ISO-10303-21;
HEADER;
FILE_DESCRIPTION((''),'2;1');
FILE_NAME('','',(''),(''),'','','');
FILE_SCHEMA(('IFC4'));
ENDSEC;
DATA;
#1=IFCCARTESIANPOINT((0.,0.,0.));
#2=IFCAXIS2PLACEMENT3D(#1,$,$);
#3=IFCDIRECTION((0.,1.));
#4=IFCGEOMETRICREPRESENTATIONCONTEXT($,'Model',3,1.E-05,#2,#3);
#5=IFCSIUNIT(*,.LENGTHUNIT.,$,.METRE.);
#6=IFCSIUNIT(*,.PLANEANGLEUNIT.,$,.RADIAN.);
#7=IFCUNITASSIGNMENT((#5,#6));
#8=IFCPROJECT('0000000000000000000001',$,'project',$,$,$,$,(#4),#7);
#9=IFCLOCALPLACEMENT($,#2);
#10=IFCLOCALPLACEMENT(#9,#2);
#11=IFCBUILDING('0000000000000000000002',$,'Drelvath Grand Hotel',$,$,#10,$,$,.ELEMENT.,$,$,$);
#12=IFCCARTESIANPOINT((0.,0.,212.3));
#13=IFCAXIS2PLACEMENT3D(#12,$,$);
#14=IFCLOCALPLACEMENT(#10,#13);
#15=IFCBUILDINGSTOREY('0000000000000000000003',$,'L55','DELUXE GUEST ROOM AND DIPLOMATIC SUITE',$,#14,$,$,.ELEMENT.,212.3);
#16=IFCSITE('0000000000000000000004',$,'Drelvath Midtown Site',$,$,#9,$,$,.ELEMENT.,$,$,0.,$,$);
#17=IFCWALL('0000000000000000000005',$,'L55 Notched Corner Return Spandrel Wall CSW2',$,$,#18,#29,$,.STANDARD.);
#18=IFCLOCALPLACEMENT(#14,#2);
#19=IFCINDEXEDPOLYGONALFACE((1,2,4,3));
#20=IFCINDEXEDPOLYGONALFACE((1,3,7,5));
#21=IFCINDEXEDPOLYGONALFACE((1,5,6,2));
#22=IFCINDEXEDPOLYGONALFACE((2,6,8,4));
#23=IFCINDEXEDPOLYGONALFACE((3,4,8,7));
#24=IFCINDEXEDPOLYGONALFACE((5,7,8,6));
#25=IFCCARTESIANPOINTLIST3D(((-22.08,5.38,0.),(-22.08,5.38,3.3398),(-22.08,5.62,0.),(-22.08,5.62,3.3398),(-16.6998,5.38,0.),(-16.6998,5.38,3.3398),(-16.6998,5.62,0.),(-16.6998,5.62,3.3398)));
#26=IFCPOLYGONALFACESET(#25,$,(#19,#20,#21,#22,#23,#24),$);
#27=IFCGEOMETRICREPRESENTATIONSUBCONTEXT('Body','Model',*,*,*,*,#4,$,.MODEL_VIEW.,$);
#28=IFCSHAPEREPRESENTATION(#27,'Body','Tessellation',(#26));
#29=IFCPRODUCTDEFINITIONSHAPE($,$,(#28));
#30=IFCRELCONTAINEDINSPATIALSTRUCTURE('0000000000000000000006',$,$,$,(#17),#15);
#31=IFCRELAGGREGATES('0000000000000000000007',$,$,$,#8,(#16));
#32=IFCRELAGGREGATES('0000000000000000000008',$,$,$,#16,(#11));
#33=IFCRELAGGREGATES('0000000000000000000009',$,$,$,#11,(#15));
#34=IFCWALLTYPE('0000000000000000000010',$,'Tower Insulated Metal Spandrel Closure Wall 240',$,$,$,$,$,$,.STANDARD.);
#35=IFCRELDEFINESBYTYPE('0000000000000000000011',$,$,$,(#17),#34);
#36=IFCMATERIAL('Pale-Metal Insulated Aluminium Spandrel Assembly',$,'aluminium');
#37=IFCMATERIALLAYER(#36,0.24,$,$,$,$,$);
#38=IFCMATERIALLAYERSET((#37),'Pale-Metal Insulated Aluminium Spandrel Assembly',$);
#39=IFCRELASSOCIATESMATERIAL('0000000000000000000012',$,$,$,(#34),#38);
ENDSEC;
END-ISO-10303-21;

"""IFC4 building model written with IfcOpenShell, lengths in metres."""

from ifc_helpers import new_model, si_unit, direction, frame, frame_2d, origin, place, context, subcontext, project, spatial, rectangle, extrude, material, layer, layer_set, type_object, element, save


model = new_model("IFC4")

# Units and contexts
model_context = context("Model", 3, precision=1e-05, world=origin(), true_north=direction((0.0, 1.0)))
body_context = subcontext(model_context, "Body", "Model", "MODEL_VIEW")
ifc_project = project(units=[si_unit("LENGTHUNIT", "METRE"), si_unit("PLANEANGLEUNIT", "RADIAN")], contexts=[model_context])

# Site, building, storey
site_placement = place(None, origin())
site = spatial("IfcSite", under=ifc_project, at=site_placement, Name="Drelvath Midtown Site", CompositionType="ELEMENT", RefElevation=0.0)
building_placement = place(site_placement, origin())
building = spatial("IfcBuilding", under=site, at=building_placement, Name="Drelvath Grand Hotel", CompositionType="ELEMENT")
storey_placement = place(building_placement, frame((0.0, 0.0, 212.3)))
storey = spatial("IfcBuildingStorey", under=building, at=storey_placement, Name="L55", Description="DELUXE GUEST ROOM AND DIPLOMATIC SUITE", CompositionType="ELEMENT", Elevation=212.3)

# Wall
ifc_material_1 = material(Name="Pale-Metal Insulated Aluminium Spandrel Assembly", Category="aluminium")
ifc_layer_1 = layer(ifc_material_1, 0.24)
ifc_layer_set_1 = layer_set([ifc_layer_1], Name="Pale-Metal Insulated Aluminium Spandrel Assembly")
wall_type_1 = type_object("IfcWallType", Name="Tower Insulated Metal Spandrel Closure Wall 240", PredefinedType="STANDARD", material=ifc_layer_set_1)
wall_1_placement = place(storey_placement, frame((-16.7, 5.5, 0.0), z_axis=(0.0, 0.0, 1.0), x_axis=(-1.0, 0.0, 0.0)))
element("IfcWall", 1, at=wall_1_placement, inside=storey, type_object=wall_type_1, Name="L55 Notched Corner Return Spandrel Wall CSW2", PredefinedType="STANDARD", context=body_context, shape_type="SweptSolid", body=[
    extrude(rectangle(XDim=5.3801, YDim=0.24, at=frame_2d((2.6899, 0.0))), origin(), (0.0, 0.0, 1.0), 3.3398),
])

save(model, "model.ifc")
